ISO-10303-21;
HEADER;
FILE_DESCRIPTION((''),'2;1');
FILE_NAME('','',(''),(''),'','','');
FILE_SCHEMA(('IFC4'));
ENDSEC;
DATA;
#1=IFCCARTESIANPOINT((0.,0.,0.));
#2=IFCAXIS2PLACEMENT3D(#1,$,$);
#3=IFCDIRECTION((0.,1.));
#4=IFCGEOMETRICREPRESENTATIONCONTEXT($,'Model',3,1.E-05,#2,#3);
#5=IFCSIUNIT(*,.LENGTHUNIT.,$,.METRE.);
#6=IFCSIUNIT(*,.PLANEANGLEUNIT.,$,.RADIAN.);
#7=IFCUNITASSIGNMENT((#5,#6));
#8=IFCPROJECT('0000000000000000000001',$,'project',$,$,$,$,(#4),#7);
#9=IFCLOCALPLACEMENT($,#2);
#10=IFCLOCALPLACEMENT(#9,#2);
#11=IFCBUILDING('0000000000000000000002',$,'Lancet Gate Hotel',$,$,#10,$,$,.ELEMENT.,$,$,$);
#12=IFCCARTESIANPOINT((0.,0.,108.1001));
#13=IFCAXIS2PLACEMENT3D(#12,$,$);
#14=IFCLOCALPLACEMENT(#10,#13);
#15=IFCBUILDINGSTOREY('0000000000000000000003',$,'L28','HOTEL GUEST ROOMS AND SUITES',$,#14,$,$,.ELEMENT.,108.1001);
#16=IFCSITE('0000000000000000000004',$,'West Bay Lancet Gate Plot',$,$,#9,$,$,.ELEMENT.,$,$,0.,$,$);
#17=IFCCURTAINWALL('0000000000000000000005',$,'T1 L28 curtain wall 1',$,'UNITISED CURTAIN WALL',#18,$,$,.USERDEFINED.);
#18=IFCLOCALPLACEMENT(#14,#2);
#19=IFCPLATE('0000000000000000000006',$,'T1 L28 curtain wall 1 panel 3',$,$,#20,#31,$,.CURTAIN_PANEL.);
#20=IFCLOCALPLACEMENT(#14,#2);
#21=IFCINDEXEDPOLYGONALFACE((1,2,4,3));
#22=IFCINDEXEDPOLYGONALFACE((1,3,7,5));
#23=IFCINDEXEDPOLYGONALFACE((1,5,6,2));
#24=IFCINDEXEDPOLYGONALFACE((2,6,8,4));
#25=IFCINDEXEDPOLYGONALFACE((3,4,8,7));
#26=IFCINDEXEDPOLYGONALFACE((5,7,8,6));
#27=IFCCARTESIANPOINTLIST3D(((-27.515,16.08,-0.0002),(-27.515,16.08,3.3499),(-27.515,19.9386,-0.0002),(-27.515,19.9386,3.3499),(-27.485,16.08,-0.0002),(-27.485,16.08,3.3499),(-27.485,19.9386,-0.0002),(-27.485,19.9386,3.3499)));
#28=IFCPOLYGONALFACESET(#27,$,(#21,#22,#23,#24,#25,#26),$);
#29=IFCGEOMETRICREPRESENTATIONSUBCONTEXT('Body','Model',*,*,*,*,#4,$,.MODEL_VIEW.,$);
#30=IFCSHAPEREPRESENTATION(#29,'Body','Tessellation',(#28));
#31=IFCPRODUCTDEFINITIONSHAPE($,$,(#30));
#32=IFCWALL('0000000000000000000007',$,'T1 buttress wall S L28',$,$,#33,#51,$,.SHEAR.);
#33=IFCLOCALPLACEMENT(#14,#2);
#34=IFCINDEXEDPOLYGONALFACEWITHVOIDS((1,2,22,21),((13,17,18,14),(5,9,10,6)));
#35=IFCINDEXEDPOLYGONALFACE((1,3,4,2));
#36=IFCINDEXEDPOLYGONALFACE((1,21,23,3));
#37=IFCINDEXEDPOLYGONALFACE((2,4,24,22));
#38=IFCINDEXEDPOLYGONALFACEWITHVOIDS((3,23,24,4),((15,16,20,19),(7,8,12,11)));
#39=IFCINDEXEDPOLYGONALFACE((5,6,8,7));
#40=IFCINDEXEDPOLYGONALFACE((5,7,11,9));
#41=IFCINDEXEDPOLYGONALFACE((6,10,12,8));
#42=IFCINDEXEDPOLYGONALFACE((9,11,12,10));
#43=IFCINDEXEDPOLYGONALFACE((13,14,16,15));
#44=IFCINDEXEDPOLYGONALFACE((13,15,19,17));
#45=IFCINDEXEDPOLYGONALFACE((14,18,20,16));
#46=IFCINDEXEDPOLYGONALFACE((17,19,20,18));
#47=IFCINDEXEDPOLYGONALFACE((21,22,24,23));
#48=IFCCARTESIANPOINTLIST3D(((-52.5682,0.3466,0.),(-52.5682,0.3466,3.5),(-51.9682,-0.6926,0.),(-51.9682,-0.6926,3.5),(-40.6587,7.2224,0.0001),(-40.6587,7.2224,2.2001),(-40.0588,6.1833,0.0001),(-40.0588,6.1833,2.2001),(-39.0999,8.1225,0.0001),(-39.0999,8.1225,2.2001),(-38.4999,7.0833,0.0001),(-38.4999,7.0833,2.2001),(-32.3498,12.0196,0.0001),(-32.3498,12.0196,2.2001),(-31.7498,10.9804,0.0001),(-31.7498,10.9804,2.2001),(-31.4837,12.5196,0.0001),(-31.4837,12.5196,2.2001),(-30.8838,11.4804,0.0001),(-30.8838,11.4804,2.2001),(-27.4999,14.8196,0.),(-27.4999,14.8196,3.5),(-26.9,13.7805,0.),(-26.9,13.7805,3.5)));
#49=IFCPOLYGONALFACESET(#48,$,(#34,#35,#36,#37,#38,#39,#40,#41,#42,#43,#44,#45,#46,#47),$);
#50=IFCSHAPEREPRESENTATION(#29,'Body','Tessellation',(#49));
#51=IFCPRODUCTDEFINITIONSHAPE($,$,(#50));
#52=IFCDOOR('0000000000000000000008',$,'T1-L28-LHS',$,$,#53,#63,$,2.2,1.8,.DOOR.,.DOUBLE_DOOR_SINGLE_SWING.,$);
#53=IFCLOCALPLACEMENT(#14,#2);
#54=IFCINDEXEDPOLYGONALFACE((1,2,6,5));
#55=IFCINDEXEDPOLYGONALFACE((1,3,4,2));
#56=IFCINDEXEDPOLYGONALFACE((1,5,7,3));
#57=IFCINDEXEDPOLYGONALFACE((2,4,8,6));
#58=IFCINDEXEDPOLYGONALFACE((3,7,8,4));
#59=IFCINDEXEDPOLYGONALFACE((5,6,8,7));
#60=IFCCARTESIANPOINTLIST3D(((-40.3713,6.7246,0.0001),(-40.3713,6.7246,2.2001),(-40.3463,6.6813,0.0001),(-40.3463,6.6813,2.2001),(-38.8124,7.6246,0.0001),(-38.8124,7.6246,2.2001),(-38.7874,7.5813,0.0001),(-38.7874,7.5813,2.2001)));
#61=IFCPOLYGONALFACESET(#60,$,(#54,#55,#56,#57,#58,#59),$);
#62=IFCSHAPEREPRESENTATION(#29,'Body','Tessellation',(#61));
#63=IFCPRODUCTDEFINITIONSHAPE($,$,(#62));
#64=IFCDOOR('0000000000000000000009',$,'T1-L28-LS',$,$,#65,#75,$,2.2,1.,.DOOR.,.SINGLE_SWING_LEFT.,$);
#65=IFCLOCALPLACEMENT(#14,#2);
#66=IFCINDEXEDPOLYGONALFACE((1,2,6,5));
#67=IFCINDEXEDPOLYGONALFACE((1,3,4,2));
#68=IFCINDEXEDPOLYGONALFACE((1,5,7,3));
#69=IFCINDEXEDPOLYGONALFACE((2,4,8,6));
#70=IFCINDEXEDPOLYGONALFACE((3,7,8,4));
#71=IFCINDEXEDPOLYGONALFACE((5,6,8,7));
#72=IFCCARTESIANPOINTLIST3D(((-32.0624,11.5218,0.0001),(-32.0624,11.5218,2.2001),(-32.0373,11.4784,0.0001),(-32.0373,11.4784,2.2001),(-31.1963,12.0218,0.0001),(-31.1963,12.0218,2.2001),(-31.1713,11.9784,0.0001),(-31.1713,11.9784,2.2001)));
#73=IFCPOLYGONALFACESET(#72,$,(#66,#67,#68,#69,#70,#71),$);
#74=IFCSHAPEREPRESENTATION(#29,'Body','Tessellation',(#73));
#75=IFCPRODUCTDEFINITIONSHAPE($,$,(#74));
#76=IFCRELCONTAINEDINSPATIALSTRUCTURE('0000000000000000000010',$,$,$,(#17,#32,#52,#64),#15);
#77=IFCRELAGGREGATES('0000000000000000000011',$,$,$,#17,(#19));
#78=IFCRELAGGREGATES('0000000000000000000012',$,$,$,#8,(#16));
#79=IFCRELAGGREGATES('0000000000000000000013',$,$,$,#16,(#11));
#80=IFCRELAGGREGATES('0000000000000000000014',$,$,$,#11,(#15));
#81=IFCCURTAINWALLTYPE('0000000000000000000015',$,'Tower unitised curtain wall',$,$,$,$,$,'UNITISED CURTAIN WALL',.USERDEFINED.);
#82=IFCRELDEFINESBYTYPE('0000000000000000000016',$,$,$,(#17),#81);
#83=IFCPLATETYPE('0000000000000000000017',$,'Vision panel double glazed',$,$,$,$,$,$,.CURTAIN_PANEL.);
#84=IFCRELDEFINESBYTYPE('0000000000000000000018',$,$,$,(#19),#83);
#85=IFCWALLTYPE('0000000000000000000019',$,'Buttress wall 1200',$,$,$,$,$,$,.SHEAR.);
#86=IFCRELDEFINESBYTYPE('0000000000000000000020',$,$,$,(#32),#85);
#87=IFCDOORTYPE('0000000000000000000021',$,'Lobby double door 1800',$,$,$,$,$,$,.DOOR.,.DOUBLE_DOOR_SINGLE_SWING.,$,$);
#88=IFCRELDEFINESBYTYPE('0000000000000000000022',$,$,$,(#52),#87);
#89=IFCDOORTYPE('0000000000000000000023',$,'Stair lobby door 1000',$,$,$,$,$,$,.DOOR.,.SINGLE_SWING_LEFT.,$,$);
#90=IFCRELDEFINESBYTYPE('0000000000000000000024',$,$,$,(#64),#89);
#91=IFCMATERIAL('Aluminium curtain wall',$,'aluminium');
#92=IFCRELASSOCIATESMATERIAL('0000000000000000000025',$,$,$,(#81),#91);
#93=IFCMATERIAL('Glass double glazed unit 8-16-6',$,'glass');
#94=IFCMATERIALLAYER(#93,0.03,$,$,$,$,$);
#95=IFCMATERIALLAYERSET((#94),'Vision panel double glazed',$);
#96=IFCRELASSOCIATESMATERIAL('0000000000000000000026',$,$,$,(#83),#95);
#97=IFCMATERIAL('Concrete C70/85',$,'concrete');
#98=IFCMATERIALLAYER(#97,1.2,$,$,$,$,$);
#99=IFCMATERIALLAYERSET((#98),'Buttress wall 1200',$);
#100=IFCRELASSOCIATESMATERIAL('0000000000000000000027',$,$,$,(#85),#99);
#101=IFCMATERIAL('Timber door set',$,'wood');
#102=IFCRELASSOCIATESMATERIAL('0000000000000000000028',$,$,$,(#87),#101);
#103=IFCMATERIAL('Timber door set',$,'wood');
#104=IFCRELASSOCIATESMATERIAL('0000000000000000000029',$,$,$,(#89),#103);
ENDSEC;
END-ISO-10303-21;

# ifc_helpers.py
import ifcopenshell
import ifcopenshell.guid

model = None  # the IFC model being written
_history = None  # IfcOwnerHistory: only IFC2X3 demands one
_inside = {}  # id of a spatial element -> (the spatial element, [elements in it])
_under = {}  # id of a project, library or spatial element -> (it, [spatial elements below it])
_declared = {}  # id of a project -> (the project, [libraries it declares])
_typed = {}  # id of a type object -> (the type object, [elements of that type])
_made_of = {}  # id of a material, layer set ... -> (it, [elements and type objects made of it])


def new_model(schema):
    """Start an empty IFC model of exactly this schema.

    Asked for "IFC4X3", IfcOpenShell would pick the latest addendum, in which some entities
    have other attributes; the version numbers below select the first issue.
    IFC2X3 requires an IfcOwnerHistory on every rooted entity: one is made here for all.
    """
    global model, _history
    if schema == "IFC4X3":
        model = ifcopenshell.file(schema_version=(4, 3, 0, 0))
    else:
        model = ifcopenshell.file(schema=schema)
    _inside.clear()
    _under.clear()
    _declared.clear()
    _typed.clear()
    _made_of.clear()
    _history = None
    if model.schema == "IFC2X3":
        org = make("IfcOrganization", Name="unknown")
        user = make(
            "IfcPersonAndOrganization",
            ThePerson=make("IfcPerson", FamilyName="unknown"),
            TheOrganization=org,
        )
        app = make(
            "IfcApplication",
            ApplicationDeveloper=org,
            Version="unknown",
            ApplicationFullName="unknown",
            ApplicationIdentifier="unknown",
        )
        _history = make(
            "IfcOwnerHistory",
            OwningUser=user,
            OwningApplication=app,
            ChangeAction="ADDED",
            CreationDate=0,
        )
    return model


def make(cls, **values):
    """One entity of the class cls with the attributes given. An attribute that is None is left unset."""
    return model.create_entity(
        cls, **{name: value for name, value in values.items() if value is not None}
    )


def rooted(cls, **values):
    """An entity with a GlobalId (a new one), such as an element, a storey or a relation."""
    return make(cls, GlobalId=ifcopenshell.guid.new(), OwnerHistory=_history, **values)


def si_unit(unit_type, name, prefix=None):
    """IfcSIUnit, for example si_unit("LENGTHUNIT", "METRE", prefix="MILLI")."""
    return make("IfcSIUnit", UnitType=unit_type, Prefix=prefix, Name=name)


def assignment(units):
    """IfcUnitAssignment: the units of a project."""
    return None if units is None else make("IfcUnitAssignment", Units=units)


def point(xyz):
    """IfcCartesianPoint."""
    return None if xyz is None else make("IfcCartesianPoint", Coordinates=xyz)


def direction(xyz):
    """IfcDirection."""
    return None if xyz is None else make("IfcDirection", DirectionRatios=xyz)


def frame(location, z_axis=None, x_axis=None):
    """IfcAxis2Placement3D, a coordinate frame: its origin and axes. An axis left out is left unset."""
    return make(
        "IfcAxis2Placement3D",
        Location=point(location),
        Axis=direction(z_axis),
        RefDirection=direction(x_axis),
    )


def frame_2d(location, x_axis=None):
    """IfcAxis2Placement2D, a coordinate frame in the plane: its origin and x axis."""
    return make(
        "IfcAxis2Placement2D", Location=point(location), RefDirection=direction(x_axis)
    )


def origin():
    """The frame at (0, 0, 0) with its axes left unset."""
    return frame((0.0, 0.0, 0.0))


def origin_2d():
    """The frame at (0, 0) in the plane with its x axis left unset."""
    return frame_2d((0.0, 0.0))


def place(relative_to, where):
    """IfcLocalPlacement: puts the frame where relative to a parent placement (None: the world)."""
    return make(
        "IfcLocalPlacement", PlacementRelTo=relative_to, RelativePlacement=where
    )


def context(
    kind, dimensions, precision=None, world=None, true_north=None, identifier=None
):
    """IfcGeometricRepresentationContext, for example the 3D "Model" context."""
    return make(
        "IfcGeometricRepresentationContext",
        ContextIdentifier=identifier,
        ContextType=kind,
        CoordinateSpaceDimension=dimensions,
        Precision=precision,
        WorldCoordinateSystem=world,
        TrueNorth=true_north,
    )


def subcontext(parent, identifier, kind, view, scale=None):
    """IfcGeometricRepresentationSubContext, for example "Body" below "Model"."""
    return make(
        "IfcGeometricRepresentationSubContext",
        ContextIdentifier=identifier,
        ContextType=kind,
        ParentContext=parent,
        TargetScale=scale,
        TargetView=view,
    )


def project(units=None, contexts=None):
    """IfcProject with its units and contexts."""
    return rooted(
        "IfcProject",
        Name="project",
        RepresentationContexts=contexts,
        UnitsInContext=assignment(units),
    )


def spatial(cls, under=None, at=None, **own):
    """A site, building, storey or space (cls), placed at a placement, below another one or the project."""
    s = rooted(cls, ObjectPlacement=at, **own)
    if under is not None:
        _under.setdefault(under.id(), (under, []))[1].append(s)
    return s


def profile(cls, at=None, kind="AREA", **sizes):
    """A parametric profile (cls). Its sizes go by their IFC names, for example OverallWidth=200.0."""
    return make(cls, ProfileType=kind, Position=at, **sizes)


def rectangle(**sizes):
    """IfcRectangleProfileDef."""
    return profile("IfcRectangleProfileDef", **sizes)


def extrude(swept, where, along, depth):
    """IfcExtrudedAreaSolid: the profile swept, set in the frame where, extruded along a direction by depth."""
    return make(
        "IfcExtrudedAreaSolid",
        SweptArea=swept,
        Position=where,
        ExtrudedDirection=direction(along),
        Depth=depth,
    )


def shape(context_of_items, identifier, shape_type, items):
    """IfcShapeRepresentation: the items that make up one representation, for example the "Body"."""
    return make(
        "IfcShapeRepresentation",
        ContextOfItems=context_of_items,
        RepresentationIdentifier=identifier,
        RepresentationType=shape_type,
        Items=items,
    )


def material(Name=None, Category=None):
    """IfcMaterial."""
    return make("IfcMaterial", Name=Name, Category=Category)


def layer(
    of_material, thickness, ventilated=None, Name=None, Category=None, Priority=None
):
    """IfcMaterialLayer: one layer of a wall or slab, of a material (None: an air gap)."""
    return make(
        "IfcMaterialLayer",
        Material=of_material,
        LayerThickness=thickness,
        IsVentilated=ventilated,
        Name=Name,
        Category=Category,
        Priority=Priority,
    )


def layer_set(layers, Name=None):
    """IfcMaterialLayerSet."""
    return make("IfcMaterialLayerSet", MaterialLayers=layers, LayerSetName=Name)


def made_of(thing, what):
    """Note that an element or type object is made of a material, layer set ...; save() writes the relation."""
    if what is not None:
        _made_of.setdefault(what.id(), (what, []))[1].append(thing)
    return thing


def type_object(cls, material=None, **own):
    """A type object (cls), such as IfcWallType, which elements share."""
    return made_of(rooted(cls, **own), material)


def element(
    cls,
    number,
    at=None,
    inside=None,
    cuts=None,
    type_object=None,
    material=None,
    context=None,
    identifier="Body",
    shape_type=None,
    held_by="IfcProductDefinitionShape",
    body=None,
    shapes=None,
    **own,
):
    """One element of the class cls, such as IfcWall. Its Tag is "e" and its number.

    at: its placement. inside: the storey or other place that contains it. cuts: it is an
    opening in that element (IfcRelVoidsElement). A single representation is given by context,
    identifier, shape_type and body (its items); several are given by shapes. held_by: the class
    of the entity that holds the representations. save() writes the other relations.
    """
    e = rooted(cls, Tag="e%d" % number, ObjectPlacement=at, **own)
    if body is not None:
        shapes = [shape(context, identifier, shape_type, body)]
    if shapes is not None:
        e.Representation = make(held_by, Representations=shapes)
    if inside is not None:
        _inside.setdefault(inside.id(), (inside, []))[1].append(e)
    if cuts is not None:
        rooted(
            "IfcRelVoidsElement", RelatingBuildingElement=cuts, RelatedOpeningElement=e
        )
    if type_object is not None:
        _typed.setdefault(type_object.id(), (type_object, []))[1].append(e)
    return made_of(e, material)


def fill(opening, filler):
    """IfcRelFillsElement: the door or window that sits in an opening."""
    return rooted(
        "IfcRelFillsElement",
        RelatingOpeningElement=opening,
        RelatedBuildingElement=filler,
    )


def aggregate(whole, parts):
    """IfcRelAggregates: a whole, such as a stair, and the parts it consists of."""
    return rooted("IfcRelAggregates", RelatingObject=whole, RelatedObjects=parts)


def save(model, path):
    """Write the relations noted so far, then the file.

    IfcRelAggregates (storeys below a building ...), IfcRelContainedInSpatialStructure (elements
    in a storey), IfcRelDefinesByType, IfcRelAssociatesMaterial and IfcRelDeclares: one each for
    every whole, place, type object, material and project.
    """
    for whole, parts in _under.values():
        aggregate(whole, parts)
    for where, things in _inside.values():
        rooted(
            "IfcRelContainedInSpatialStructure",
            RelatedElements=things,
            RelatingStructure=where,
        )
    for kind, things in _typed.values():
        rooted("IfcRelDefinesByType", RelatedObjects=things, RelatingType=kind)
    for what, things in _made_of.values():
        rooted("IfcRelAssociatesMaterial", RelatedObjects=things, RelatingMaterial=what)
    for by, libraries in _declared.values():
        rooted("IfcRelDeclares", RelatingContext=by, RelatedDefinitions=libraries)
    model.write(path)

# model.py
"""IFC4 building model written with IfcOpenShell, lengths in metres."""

from ifc_helpers import new_model, si_unit, direction, frame, frame_2d, origin, origin_2d, place, context, subcontext, project, spatial, rectangle, extrude, material, layer, layer_set, type_object, element, fill, aggregate, save


model = new_model("IFC4")

# Units and contexts
model_context = context("Model", 3, precision=1e-05, world=origin(), true_north=direction((0.0, 1.0)))
body_context = subcontext(model_context, "Body", "Model", "MODEL_VIEW")
ifc_project = project(units=[si_unit("LENGTHUNIT", "METRE"), si_unit("PLANEANGLEUNIT", "RADIAN")], contexts=[model_context])

# Site, building, storey
site_placement = place(None, origin())
site = spatial("IfcSite", under=ifc_project, at=site_placement, Name="West Bay Lancet Gate Plot", CompositionType="ELEMENT", RefElevation=0.0)
building_placement = place(site_placement, origin())
building = spatial("IfcBuilding", under=site, at=building_placement, Name="Lancet Gate Hotel", CompositionType="ELEMENT")
storey_placement = place(building_placement, frame((0.0, 0.0, 108.1001)))
storey = spatial("IfcBuildingStorey", under=building, at=storey_placement, Name="L28", Description="HOTEL GUEST ROOMS AND SUITES", CompositionType="ELEMENT", Elevation=108.1001)

# Curtain wall
ifc_material_1 = material(Name="Aluminium curtain wall", Category="aluminium")
curtain_wall_type = type_object("IfcCurtainWallType", Name="Tower unitised curtain wall", ElementType="UNITISED CURTAIN WALL", PredefinedType="USERDEFINED", material=ifc_material_1)
curtain_wall_placement = place(storey_placement, origin())
curtain_wall = element("IfcCurtainWall", 1, at=curtain_wall_placement, inside=storey, type_object=curtain_wall_type, Name="T1 L28 curtain wall 1", ObjectType="UNITISED CURTAIN WALL", PredefinedType="USERDEFINED")

# Plate
ifc_material_2 = material(Name="Glass double glazed unit 8-16-6", Category="glass")
ifc_layer_1 = layer(ifc_material_2, 0.03)
ifc_layer_set_1 = layer_set([ifc_layer_1], Name="Vision panel double glazed")
plate_type = type_object("IfcPlateType", Name="Vision panel double glazed", PredefinedType="CURTAIN_PANEL", material=ifc_layer_set_1)
plate_1_placement = place(storey_placement, frame((-27.5, 18.0093, -0.0002), z_axis=(0.0, 0.0, 1.0), x_axis=(0.0, 1.0, 0.0)))
plate_1 = element("IfcPlate", 2, at=plate_1_placement, type_object=plate_type, Name="T1 L28 curtain wall 1 panel 3", PredefinedType="CURTAIN_PANEL", context=body_context, shape_type="SweptSolid", body=[
    extrude(rectangle(XDim=3.8586, YDim=0.03, at=origin_2d()), origin(), (0.0, 0.0, 1.0), 3.3501),
])
aggregate(curtain_wall, [plate_1])

# Wall, openings, doors
ifc_material_3 = material(Name="Concrete C70/85", Category="concrete")
ifc_layer_2 = layer(ifc_material_3, 1.2)
ifc_layer_set_2 = layer_set([ifc_layer_2], Name="Buttress wall 1200")
wall_type = type_object("IfcWallType", Name="Buttress wall 1200", PredefinedType="SHEAR", material=ifc_layer_set_2)
wall_placement = place(storey_placement, frame((-27.2, 14.3, 0.0), z_axis=(0.0, 0.0, 1.0), x_axis=(-0.866027, -0.499998, 0.0)))
wall = element("IfcWall", 3, at=wall_placement, inside=storey, type_object=wall_type, Name="T1 buttress wall S L28", PredefinedType="SHEAR", context=body_context, shape_type="SweptSolid", body=[
    extrude(rectangle(XDim=28.9463, YDim=1.2, at=frame_2d((14.4731, 0.0))), origin(), (0.0, 0.0, 1.0), 3.5),
])
opening_1_placement = place(wall_placement, frame((4.6001, 0.0, 0.0)))
opening_1 = element("IfcOpeningElement", 4, at=opening_1_placement, cuts=wall, PredefinedType="OPENING", context=body_context, shape_type="SweptSolid", body=[
    extrude(rectangle(XDim=1.0, YDim=2.2, at=frame_2d((0.5, 1.1001))), frame((0.0, 0.6099, 0.0), z_axis=(0.0, -1.0, 0.0), x_axis=(1.0, 0.0, 0.0)), (0.0, 0.0, 1.0), 1.22),
])
opening_2_placement = place(wall_placement, frame((13.3945, 0.0, 0.0)))
opening_2 = element("IfcOpeningElement", 5, at=opening_2_placement, cuts=wall, PredefinedType="OPENING", context=body_context, shape_type="SweptSolid", body=[
    extrude(rectangle(XDim=1.8, YDim=2.2, at=frame_2d((0.8999, 1.1001))), frame((0.0, 0.6099, 0.0), z_axis=(0.0, -1.0, 0.0), x_axis=(1.0, 0.0, 0.0)), (0.0, 0.0, 1.0), 1.22),
])
ifc_material_4 = material(Name="Timber door set", Category="wood")
door_type_1 = type_object("IfcDoorType", Name="Lobby double door 1800", OperationType="DOUBLE_DOOR_SINGLE_SWING", PredefinedType="DOOR", material=ifc_material_4)
door_1_placement = place(opening_2_placement, origin())
door_1 = element("IfcDoor", 6, at=door_1_placement, inside=storey, type_object=door_type_1, Name="T1-L28-LHS", OperationType="DOUBLE_DOOR_SINGLE_SWING", OverallHeight=2.2, OverallWidth=1.8, PredefinedType="DOOR", context=body_context, shape_type="SweptSolid", body=[
    extrude(rectangle(XDim=1.8, YDim=2.2, at=frame_2d((0.8999, 1.1001))), frame((0.0, 0.0249, 0.0), z_axis=(0.0, -1.0, 0.0), x_axis=(1.0, 0.0, 0.0)), (0.0, 0.0, 1.0), 0.05),
])
fill(opening_2, door_1)
ifc_material_5 = material(Name="Timber door set", Category="wood")
door_type_2 = type_object("IfcDoorType", Name="Stair lobby door 1000", OperationType="SINGLE_SWING_LEFT", PredefinedType="DOOR", material=ifc_material_5)
door_2_placement = place(opening_1_placement, origin())
door_2 = element("IfcDoor", 7, at=door_2_placement, inside=storey, type_object=door_type_2, Name="T1-L28-LS", OperationType="SINGLE_SWING_LEFT", OverallHeight=2.2, OverallWidth=1.0, PredefinedType="DOOR", context=body_context, shape_type="SweptSolid", body=[
    extrude(rectangle(XDim=1.0, YDim=2.2, at=frame_2d((0.5, 1.1001))), frame((0.0, 0.0249, 0.0), z_axis=(0.0, -1.0, 0.0), x_axis=(1.0, 0.0, 0.0)), (0.0, 0.0, 1.0), 0.05),
])
fill(opening_1, door_2)

save(model, "model.ifc")
